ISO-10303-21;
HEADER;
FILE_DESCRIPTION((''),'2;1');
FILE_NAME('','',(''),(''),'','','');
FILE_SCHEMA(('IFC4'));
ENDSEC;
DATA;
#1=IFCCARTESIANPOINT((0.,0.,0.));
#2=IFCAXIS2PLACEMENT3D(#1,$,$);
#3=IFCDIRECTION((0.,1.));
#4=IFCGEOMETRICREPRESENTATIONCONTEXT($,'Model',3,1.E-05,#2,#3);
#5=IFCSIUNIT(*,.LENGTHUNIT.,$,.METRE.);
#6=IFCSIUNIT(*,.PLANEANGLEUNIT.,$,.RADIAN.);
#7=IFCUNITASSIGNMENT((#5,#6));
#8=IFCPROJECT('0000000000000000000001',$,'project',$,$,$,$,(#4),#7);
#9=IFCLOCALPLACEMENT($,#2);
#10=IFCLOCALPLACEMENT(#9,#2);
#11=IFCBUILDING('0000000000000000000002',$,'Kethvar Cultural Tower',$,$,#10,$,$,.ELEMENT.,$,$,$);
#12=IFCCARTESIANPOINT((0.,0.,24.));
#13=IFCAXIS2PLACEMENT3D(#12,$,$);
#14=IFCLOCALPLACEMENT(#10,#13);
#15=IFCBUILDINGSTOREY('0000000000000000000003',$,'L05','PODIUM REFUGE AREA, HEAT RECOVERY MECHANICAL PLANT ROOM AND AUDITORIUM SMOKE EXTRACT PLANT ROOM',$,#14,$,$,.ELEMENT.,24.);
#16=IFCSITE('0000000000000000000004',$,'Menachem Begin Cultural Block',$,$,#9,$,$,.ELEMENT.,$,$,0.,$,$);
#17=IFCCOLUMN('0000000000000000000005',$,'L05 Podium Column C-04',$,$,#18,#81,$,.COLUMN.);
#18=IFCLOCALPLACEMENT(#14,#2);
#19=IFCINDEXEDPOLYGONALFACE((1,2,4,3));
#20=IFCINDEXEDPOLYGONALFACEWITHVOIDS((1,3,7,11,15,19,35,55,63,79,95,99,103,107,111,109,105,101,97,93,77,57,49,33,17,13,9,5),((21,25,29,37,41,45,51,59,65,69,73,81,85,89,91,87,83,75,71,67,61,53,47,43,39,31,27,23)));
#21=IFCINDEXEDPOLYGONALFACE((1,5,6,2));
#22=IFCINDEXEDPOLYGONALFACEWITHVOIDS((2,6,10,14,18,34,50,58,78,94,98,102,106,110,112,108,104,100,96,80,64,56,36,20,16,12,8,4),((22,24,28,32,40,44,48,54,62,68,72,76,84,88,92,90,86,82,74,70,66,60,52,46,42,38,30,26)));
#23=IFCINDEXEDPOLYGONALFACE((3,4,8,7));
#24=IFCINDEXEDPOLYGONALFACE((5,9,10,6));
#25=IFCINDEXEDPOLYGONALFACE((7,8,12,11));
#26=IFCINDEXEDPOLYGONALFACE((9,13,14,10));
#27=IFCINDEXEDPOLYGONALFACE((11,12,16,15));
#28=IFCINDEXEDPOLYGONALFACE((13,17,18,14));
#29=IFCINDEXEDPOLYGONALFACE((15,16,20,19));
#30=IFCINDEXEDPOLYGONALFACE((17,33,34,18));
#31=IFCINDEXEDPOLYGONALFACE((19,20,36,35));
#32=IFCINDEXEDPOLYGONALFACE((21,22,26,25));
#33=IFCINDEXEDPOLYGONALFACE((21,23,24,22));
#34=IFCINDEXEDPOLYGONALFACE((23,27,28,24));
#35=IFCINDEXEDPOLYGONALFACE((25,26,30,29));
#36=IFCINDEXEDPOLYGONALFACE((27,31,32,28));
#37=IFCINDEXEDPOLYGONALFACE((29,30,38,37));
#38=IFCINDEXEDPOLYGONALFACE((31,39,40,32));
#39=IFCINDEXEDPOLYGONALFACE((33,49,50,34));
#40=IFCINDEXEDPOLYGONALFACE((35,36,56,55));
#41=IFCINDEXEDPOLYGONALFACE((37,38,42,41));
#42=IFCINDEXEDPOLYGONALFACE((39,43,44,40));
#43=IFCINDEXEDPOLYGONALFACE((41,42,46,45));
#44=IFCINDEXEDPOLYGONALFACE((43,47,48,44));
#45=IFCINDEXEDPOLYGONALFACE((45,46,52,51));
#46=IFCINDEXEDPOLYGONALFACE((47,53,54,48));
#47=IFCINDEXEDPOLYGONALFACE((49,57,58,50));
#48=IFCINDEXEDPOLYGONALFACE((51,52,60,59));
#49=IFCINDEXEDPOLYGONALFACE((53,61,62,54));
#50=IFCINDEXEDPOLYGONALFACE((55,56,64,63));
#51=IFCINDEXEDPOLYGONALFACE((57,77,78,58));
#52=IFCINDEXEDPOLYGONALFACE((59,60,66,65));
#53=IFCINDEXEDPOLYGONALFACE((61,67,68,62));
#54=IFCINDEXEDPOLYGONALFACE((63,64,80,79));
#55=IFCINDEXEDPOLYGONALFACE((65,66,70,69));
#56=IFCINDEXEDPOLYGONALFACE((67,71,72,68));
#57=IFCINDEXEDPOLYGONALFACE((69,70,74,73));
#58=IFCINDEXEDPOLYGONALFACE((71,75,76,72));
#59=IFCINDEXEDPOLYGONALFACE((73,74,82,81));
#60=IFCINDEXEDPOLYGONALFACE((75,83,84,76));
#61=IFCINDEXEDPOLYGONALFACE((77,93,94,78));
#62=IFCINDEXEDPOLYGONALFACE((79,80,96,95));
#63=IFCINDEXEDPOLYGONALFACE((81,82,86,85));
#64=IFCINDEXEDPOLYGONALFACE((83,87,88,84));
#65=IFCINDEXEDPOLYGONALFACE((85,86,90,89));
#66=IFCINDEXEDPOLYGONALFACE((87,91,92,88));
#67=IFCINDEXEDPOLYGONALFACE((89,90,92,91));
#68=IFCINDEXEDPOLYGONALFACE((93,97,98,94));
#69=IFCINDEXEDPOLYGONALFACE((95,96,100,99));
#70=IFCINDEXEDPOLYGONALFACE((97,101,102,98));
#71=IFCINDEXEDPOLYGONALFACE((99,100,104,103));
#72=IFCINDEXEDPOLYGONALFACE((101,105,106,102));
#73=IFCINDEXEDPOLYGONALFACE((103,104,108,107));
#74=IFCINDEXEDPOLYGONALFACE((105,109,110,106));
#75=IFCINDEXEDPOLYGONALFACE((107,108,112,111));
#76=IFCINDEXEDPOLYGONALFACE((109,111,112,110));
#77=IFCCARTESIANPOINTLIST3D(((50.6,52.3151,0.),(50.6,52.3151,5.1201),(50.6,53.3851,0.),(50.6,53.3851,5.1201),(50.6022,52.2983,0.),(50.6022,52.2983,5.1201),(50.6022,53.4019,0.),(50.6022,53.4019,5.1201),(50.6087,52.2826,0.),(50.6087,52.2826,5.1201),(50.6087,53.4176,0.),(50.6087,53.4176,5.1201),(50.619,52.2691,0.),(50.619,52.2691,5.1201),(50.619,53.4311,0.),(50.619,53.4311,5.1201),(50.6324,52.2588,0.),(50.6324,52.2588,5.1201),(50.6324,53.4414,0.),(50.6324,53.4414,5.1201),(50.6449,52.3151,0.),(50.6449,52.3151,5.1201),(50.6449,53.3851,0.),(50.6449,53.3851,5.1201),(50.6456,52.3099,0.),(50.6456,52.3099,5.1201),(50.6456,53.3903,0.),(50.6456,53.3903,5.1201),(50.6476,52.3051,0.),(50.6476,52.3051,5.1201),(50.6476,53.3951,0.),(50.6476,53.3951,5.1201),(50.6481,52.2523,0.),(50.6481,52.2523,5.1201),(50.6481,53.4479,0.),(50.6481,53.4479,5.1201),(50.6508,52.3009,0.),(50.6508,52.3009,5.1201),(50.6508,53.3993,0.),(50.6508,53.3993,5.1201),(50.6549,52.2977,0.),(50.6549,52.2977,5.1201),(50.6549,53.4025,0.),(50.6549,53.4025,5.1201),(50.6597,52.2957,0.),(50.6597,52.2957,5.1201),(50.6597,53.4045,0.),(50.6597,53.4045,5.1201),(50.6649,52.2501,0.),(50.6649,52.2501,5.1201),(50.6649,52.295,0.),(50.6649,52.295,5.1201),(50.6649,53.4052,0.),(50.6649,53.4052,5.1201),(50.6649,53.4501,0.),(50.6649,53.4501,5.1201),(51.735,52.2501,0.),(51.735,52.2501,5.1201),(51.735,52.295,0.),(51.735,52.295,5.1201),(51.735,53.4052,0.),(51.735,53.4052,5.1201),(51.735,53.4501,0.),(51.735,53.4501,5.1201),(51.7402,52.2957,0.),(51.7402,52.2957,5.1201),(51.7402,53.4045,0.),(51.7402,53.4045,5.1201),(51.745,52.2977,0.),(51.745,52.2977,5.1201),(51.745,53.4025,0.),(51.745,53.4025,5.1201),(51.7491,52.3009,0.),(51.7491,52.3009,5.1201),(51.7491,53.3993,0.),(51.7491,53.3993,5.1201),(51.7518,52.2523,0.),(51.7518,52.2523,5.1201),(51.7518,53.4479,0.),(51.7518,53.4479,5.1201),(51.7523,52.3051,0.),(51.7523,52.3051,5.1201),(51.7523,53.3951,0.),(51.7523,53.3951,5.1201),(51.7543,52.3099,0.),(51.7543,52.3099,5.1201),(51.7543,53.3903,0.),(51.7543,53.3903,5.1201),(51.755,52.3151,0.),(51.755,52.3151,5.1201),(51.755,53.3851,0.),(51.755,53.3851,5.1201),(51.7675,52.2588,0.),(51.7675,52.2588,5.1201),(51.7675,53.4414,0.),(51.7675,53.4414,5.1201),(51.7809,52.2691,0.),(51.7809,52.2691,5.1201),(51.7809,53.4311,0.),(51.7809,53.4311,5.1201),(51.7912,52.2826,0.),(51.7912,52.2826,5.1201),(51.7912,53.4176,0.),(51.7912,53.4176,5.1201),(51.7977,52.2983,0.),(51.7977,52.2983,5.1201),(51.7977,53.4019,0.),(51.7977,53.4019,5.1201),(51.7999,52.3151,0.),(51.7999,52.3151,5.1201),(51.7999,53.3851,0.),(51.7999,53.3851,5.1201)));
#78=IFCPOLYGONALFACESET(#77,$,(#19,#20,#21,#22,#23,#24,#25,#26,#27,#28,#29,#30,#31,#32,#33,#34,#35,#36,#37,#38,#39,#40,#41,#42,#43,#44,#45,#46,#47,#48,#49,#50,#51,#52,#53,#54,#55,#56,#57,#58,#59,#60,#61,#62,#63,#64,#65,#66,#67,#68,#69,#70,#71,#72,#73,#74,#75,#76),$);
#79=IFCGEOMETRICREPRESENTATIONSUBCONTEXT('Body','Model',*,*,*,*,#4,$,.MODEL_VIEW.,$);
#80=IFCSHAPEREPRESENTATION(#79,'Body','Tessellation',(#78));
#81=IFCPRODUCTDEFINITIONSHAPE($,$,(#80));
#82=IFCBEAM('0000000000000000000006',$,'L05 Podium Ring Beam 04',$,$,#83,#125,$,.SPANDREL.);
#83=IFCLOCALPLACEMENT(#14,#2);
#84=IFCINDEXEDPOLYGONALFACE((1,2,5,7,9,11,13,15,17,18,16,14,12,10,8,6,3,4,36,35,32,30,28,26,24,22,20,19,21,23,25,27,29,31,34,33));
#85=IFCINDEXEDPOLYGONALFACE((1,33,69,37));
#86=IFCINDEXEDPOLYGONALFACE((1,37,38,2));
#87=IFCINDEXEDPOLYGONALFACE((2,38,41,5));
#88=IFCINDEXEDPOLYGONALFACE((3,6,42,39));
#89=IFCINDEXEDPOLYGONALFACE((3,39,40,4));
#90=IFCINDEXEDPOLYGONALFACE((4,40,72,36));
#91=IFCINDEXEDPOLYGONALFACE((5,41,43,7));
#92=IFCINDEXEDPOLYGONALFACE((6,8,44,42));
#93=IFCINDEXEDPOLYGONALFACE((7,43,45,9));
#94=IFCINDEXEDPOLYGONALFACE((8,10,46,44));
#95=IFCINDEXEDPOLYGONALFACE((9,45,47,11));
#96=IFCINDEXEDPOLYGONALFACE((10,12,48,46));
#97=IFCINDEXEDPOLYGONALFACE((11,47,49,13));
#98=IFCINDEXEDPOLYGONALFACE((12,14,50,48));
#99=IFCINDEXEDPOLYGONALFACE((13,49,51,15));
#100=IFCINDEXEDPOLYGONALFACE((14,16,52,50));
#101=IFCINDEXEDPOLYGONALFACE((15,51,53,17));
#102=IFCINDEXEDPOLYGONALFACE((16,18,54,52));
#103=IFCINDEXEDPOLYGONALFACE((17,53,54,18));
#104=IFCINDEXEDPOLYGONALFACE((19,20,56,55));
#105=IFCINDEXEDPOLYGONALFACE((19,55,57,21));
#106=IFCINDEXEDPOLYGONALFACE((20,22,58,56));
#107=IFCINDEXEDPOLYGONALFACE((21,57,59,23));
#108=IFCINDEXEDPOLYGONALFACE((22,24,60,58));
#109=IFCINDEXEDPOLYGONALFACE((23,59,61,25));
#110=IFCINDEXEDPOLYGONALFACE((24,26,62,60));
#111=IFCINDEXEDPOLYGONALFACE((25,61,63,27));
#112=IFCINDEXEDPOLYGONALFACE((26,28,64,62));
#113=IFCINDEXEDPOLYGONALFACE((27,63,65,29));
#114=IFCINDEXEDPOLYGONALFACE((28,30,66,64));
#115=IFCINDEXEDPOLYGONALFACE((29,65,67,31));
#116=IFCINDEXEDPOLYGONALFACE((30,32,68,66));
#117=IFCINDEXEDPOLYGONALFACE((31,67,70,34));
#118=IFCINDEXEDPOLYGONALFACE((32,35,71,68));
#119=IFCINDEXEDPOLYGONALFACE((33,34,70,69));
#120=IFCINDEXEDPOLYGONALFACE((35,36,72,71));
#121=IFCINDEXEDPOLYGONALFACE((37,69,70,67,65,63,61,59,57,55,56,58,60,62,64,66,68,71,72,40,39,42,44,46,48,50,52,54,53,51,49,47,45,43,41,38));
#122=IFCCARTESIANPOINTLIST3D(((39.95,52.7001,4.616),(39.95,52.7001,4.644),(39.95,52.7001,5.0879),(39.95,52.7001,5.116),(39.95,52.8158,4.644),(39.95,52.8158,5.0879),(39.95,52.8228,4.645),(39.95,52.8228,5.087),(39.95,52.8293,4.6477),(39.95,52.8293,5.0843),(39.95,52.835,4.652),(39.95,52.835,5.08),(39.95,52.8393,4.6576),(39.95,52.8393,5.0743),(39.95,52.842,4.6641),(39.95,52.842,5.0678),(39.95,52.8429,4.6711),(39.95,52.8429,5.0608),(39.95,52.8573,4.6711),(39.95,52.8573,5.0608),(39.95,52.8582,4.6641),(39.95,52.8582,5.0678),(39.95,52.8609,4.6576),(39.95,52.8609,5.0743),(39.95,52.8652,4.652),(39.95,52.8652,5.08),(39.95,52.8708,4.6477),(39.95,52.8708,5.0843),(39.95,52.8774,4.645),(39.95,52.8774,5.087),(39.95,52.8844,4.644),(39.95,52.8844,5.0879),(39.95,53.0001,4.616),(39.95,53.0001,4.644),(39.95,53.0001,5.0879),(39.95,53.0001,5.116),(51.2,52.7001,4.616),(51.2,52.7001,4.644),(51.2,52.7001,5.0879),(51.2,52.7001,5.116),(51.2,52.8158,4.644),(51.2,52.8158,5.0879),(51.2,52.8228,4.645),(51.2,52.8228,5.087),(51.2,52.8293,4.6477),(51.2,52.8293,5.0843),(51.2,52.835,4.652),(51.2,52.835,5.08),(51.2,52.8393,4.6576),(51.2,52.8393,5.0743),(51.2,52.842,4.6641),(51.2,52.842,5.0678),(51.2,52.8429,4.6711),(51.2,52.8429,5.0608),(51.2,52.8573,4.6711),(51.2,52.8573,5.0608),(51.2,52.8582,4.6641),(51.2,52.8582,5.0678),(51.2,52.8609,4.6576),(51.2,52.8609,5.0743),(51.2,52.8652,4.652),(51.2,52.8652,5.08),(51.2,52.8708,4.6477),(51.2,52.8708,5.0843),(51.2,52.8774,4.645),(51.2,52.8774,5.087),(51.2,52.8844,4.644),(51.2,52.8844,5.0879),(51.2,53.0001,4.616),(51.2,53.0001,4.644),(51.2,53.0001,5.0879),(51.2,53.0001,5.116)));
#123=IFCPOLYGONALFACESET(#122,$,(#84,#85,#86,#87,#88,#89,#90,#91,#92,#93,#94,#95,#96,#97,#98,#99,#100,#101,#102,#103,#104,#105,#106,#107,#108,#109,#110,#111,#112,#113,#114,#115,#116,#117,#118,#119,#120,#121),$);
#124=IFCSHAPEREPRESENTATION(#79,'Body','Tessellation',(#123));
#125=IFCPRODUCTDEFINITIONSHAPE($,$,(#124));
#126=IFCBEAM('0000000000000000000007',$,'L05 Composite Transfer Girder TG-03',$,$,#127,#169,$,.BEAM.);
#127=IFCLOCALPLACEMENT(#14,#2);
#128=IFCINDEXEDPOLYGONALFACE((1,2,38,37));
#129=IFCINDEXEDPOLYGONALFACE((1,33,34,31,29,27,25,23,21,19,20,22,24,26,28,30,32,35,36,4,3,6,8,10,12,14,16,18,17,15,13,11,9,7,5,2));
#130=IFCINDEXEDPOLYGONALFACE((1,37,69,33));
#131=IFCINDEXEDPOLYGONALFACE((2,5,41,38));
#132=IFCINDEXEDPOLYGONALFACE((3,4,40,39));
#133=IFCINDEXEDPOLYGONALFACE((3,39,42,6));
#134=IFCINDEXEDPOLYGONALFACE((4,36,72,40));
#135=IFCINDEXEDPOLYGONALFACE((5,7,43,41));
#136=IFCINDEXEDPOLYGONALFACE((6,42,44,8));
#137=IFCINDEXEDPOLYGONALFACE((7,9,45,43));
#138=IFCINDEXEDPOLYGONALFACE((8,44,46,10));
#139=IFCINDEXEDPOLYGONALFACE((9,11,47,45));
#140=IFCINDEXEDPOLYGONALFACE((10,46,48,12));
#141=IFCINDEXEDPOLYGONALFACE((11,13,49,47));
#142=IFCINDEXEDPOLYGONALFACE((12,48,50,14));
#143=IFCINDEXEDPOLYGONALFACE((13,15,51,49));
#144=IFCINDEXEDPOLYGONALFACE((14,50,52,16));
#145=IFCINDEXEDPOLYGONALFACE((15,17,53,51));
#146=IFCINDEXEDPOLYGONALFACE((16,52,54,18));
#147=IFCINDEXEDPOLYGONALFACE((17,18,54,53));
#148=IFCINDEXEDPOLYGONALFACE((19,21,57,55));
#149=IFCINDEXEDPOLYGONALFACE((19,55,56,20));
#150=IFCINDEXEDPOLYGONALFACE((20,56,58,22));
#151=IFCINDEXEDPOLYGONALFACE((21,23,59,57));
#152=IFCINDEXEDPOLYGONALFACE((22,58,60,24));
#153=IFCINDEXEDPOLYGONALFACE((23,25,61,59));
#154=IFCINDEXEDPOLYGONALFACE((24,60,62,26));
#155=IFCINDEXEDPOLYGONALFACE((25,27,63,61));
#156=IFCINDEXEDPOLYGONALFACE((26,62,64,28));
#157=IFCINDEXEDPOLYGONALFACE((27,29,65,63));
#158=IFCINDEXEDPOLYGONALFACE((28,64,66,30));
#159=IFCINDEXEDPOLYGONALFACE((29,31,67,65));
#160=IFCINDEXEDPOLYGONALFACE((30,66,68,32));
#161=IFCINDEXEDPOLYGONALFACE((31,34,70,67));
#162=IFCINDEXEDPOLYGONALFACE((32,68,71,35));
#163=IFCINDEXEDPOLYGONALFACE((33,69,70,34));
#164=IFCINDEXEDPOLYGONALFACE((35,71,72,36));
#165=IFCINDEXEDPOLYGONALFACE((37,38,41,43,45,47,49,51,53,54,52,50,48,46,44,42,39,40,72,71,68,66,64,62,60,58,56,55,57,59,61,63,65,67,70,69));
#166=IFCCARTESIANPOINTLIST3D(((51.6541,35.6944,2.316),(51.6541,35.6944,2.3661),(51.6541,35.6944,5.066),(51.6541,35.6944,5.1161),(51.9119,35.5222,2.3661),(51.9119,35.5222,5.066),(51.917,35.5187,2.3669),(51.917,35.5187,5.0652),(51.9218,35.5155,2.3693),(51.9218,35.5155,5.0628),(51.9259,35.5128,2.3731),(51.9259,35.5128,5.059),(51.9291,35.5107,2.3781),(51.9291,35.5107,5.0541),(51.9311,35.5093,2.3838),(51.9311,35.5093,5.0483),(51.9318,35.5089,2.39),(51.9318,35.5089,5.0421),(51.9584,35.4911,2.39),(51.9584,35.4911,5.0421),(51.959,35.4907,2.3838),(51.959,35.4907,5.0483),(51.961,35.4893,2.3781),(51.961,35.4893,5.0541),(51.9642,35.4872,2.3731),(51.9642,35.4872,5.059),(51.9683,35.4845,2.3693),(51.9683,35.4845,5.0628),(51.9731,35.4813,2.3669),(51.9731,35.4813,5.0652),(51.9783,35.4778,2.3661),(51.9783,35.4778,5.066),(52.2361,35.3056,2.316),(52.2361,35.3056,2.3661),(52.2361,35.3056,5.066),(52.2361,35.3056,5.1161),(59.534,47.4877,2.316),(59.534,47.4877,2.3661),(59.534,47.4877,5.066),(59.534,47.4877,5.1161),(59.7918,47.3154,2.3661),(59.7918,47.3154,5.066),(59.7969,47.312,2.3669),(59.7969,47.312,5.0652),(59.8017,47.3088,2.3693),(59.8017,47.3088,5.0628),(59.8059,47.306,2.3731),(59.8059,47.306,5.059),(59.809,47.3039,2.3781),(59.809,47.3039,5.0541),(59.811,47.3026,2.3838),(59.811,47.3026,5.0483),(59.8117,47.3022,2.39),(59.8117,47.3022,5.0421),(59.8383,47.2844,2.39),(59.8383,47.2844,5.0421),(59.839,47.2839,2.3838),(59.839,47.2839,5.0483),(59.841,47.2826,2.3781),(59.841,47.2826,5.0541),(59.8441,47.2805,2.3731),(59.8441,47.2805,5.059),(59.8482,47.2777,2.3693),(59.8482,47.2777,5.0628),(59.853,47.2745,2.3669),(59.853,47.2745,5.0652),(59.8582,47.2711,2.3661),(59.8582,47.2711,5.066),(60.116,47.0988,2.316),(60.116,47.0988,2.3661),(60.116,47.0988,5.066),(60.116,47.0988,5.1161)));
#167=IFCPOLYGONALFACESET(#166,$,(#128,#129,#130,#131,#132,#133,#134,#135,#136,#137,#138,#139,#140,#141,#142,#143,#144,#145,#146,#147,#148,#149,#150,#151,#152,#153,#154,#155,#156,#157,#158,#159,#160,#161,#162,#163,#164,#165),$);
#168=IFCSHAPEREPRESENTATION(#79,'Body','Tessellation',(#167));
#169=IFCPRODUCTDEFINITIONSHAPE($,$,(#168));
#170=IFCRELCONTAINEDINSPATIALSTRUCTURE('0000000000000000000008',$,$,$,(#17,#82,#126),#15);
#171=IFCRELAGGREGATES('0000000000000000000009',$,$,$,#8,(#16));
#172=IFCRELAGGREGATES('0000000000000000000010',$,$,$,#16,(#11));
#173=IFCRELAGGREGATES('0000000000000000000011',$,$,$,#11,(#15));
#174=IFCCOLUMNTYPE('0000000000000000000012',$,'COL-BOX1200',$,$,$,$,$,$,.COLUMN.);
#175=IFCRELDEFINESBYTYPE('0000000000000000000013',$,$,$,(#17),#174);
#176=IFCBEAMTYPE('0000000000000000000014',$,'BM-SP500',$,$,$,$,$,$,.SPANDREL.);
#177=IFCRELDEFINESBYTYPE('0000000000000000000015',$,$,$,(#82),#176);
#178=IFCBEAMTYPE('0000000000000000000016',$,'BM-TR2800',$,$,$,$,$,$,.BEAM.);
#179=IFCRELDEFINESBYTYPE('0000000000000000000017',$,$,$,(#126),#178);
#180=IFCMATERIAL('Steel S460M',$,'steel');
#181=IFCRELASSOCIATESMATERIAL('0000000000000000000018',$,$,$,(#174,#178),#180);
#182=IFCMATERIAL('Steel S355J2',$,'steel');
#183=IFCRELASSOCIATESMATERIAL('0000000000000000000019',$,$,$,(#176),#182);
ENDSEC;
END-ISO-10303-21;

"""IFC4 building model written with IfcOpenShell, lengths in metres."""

from ifc_helpers import new_model, si_unit, direction, frame, origin, origin_2d, place, context, subcontext, project, spatial, hollow_rectangle, i_section, extrude, source, transform, mapped, material, material_profile, profile_set, type_object, element, save


model = new_model("IFC4")

# Units and contexts
model_context = context("Model", 3, precision=1e-05, world=origin(), true_north=direction((0.0, 1.0)))
body_context = subcontext(model_context, "Body", "Model", "MODEL_VIEW")
ifc_project = project(units=[si_unit("LENGTHUNIT", "METRE"), si_unit("PLANEANGLEUNIT", "RADIAN")], contexts=[model_context])

# Site, building, storey
site_placement = place(None, origin())
site = spatial("IfcSite", under=ifc_project, at=site_placement, Name="Menachem Begin Cultural Block", CompositionType="ELEMENT", RefElevation=0.0)
building_placement = place(site_placement, origin())
building = spatial("IfcBuilding", under=site, at=building_placement, Name="Kethvar Cultural Tower", CompositionType="ELEMENT")
storey_placement = place(building_placement, frame((0.0, 0.0, 24.0)))
storey = spatial("IfcBuildingStorey", under=building, at=storey_placement, Name="L05", Description="PODIUM REFUGE AREA, HEAT RECOVERY MECHANICAL PLANT ROOM AND AUDITORIUM SMOKE EXTRACT PLANT ROOM", CompositionType="ELEMENT", Elevation=24.0)

# Column
ifc_material_1 = material(Name="Steel S460M", Category="steel")
ifc_material_profile_1 = material_profile(ifc_material_1, hollow_rectangle(XDim=1.2, YDim=1.2, WallThickness=0.0449, InnerFilletRadius=0.02, OuterFilletRadius=0.0649, at=origin_2d()), Name="Steel S460M — BOX1200x1200x45")
ifc_profile_set_1 = profile_set([ifc_material_profile_1], Name="Steel S460M — BOX1200x1200x45")
column_type = type_object("IfcColumnType", Name="COL-BOX1200", PredefinedType="COLUMN", material=ifc_profile_set_1)
shared_shape_1 = source(origin(), body_context, "Body", "SweptSolid", [
    extrude(hollow_rectangle(XDim=1.2, YDim=1.2, WallThickness=0.0449, InnerFilletRadius=0.02, OuterFilletRadius=0.0649, at=origin_2d()), origin(), (0.0, 0.0, 1.0), 5.1201),
])
column_placement = place(storey_placement, frame((51.2, 52.8501, 0.0), z_axis=(0.0, 0.0, 1.0), x_axis=(1.0, 0.0, 0.0)))
element("IfcColumn", 1, at=column_placement, inside=storey, type_object=column_type, Name="L05 Podium Column C-04", PredefinedType="COLUMN", context=body_context, shape_type="MappedRepresentation", body=[
    mapped(shared_shape_1, transform((0.0, 0.0, 0.0), scale=1.0)),
])

# Beams
ifc_material_2 = material(Name="Steel S355J2", Category="steel")
ifc_material_profile_2 = material_profile(ifc_material_2, i_section(OverallWidth=0.3, OverallDepth=0.5, WebThickness=0.0144, FlangeThickness=0.0281, FilletRadius=0.0271, at=origin_2d()), Name="Steel S355J2 — HEB500")
ifc_profile_set_2 = profile_set([ifc_material_profile_2], Name="Steel S355J2 — HEB500")
beam_type_1 = type_object("IfcBeamType", Name="BM-SP500", PredefinedType="SPANDREL", material=ifc_profile_set_2)
shared_shape_2 = source(origin(), body_context, "Body", "SweptSolid", [
    extrude(i_section(OverallWidth=0.3, OverallDepth=0.5, WebThickness=0.0144, FlangeThickness=0.0281, FilletRadius=0.0271, at=origin_2d()), origin(), (0.0, 0.0, 1.0), 11.25),
])
beam_1_placement = place(storey_placement, frame((51.2, 52.8501, 4.866), z_axis=(-1.0, 0.0, 0.0), x_axis=(0.0, -1.0, 0.0)))
element("IfcBeam", 2, at=beam_1_placement, inside=storey, type_object=beam_type_1, Name="L05 Podium Ring Beam 04", PredefinedType="SPANDREL", context=body_context, shape_type="MappedRepresentation", body=[
    mapped(shared_shape_2, transform((0.0, 0.0, 0.0), scale=1.0)),
])
ifc_material_profile_3 = material_profile(ifc_material_1, i_section(OverallWidth=0.7, OverallDepth=2.8, WebThickness=0.032, FlangeThickness=0.05, FilletRadius=0.0239, at=origin_2d()), Name="Steel S460M — PG2800x700x50x32")
ifc_profile_set_3 = profile_set([ifc_material_profile_3], Name="Steel S460M — PG2800x700x50x32")
beam_type_2 = type_object("IfcBeamType", Name="BM-TR2800", PredefinedType="BEAM", material=ifc_profile_set_3)
shared_shape_3 = source(origin(), body_context, "Body", "SweptSolid", [
    extrude(i_section(OverallWidth=0.7, OverallDepth=2.8, WebThickness=0.032, FlangeThickness=0.05, FilletRadius=0.0239, at=origin_2d()), origin(), (0.0, 0.0, 1.0), 14.1836),
])
beam_2_placement = place(storey_placement, frame((51.9451, 35.5, 3.7161), z_axis=(0.555566, 0.831473, 0.0), x_axis=(-0.831473, 0.555566, 0.0)))
element("IfcBeam", 3, at=beam_2_placement, inside=storey, type_object=beam_type_2, Name="L05 Composite Transfer Girder TG-03", PredefinedType="BEAM", context=body_context, shape_type="MappedRepresentation", body=[
    mapped(shared_shape_3, transform((0.0, 0.0, 0.0), scale=1.0)),
])

save(model, "model.ifc")
